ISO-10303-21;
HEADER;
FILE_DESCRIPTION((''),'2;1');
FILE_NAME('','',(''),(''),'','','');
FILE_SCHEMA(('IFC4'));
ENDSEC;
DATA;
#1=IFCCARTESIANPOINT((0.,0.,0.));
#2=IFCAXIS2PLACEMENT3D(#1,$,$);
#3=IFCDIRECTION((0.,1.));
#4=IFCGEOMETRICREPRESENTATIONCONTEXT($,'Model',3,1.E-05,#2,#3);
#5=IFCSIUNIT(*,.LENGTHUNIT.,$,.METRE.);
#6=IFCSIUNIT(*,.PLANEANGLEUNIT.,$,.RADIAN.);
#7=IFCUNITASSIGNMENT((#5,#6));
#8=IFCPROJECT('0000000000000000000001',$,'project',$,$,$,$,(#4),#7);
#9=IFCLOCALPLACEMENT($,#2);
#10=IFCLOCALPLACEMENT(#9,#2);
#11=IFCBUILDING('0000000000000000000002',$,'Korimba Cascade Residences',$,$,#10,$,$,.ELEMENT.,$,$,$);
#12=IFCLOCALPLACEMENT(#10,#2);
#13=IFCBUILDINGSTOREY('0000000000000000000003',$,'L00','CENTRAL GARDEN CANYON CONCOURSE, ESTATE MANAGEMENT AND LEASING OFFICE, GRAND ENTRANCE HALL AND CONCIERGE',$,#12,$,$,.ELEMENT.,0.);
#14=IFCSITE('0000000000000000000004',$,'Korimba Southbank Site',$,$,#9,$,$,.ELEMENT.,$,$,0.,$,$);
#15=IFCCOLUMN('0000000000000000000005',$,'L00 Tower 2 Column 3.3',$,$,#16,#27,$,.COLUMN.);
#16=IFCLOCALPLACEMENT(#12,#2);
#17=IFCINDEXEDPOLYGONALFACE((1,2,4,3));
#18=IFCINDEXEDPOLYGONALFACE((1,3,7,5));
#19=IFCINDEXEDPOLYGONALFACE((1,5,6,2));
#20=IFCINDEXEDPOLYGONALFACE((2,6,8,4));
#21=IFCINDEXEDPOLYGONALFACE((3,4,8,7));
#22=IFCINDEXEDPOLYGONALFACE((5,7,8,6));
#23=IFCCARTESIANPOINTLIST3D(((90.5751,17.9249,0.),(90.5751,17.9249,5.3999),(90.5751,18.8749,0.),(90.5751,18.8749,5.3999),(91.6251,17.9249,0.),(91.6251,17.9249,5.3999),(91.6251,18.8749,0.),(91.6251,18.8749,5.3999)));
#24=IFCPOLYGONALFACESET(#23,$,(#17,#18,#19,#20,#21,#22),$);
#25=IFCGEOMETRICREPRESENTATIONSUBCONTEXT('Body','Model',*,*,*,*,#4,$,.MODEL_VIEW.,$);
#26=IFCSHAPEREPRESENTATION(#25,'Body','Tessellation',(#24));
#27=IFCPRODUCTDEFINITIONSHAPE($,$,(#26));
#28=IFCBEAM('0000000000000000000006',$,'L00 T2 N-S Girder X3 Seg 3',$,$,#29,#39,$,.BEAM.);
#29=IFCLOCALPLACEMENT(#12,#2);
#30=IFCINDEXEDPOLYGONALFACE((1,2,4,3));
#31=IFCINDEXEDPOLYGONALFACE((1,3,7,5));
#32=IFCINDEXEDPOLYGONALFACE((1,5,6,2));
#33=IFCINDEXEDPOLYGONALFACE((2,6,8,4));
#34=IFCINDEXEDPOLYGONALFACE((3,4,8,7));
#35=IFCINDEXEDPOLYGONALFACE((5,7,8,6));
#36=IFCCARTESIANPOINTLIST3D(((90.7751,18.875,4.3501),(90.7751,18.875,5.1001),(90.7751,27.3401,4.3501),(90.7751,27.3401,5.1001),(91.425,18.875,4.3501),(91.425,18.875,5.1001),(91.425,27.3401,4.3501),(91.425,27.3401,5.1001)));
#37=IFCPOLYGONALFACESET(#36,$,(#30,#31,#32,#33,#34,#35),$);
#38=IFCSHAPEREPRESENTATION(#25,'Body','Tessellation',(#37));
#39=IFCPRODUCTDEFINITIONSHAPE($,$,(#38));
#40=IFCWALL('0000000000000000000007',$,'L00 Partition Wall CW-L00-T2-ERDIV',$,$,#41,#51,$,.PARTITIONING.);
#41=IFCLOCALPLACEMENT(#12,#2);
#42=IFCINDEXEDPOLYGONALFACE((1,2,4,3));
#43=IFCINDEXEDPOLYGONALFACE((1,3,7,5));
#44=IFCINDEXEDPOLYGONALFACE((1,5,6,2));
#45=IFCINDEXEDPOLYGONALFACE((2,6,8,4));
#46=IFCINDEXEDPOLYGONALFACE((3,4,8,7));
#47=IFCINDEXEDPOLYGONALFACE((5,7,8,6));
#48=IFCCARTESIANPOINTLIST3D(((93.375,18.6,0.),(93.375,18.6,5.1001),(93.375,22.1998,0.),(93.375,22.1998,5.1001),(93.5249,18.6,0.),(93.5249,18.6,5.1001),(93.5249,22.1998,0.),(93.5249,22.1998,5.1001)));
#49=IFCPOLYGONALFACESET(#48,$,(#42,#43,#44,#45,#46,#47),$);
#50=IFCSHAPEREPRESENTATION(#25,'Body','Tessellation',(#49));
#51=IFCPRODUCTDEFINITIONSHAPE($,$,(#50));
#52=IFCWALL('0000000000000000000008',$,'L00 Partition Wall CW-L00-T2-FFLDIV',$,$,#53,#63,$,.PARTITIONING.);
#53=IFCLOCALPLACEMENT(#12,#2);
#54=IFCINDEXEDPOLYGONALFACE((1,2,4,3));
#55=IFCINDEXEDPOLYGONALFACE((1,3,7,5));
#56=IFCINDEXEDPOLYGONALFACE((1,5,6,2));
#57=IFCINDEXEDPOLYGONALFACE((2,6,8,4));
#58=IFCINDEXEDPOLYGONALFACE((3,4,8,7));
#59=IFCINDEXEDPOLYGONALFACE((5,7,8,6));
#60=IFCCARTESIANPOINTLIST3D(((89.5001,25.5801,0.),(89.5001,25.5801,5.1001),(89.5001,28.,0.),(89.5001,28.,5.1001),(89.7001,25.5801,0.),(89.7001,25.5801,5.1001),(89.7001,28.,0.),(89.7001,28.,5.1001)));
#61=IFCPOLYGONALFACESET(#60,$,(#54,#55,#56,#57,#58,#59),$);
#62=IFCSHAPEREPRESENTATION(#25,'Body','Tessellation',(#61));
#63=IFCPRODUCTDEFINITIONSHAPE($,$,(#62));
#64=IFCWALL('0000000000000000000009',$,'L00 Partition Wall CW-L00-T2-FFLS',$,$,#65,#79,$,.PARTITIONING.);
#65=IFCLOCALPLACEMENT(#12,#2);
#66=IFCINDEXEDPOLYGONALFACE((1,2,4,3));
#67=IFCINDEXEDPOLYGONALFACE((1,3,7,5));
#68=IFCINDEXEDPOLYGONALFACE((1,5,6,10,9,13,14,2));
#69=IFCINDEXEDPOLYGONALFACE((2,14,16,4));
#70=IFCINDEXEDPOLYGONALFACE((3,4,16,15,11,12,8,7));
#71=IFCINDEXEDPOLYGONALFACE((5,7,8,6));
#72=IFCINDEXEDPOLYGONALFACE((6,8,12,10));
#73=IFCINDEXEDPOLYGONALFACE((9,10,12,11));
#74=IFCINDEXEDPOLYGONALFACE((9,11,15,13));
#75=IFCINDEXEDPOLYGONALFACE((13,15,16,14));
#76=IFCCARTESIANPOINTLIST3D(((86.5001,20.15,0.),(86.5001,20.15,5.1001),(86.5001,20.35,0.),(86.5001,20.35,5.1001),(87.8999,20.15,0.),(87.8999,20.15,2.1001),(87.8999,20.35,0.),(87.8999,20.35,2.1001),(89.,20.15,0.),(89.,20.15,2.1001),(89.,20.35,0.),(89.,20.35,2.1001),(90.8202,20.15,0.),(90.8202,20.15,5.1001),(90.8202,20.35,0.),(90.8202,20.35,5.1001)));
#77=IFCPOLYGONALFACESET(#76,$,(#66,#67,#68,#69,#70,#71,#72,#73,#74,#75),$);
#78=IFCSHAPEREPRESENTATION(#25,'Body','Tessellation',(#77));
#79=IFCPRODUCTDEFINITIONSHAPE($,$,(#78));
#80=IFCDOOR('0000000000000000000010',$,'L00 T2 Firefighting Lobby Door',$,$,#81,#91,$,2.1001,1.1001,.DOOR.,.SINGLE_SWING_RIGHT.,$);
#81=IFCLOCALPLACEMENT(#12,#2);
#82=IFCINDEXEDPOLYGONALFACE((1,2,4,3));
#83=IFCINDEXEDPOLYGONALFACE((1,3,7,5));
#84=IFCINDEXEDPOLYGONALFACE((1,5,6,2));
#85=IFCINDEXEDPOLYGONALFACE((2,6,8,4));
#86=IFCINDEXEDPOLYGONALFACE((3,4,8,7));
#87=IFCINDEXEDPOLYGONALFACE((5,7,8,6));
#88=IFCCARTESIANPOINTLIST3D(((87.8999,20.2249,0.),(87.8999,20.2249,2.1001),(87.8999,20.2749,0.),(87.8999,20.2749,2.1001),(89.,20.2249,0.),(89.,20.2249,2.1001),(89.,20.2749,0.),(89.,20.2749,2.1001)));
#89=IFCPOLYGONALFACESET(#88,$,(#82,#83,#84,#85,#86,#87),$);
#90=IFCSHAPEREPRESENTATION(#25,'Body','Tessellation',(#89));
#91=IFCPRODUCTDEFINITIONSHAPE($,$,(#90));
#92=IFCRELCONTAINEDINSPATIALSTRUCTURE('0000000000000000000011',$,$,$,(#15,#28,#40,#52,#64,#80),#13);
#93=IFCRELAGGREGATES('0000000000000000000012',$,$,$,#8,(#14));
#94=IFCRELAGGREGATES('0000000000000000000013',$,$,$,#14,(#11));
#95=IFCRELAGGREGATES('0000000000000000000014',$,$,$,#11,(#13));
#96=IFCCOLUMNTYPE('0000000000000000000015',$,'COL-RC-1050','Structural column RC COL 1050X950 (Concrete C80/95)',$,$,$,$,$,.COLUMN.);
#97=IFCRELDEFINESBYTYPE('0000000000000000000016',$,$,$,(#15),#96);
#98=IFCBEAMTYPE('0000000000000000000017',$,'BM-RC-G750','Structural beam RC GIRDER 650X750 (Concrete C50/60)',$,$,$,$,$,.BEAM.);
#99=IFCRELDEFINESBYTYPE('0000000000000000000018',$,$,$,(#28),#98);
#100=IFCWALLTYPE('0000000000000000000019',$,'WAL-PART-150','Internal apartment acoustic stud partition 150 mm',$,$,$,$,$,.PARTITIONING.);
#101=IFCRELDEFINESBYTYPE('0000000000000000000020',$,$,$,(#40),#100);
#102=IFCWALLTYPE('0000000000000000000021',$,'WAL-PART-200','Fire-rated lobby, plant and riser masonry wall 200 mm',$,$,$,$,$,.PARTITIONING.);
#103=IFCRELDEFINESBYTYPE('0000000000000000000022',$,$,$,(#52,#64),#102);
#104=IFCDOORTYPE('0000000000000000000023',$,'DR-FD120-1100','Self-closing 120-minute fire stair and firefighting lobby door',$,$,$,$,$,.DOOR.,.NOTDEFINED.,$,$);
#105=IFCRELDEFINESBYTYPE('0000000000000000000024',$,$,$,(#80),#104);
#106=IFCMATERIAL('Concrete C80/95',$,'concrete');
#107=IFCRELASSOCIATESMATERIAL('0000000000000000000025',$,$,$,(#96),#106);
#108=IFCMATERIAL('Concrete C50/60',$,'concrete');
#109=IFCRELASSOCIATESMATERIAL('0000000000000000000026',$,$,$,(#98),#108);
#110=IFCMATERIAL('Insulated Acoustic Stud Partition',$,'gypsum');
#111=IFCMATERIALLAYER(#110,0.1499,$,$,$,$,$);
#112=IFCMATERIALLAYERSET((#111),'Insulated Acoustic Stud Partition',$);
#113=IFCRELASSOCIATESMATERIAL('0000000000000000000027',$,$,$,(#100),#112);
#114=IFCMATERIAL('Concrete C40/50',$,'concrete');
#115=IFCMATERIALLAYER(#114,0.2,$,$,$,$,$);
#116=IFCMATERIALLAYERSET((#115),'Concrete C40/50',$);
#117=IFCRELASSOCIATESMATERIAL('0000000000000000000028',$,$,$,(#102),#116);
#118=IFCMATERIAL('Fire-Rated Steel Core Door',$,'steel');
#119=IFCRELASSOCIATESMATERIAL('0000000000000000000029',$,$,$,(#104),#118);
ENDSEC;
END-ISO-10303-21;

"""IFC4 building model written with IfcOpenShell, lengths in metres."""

from ifc_helpers import new_model, si_unit, direction, frame, frame_2d, origin, origin_2d, place, context, subcontext, project, spatial, rectangle, extrude, material, layer, layer_set, material_profile, profile_set, type_object, element, fill, save


model = new_model("IFC4")

# Units and contexts
model_context = context("Model", 3, precision=1e-05, world=origin(), true_north=direction((0.0, 1.0)))
body_context = subcontext(model_context, "Body", "Model", "MODEL_VIEW")
ifc_project = project(units=[si_unit("LENGTHUNIT", "METRE"), si_unit("PLANEANGLEUNIT", "RADIAN")], contexts=[model_context])

# Site, building, storey
site_placement = place(None, origin())
site = spatial("IfcSite", under=ifc_project, at=site_placement, Name="Korimba Southbank Site", CompositionType="ELEMENT", RefElevation=0.0)
building_placement = place(site_placement, origin())
building = spatial("IfcBuilding", under=site, at=building_placement, Name="Korimba Cascade Residences", CompositionType="ELEMENT")
storey_placement = place(building_placement, origin())
storey = spatial("IfcBuildingStorey", under=building, at=storey_placement, Name="L00", Description="CENTRAL GARDEN CANYON CONCOURSE, ESTATE MANAGEMENT AND LEASING OFFICE, GRAND ENTRANCE HALL AND CONCIERGE", CompositionType="ELEMENT", Elevation=0.0)

# Column
ifc_material_1 = material(Name="Concrete C80/95", Category="concrete")
ifc_material_profile_1 = material_profile(ifc_material_1, rectangle(XDim=1.05, YDim=0.95, at=origin_2d()), Name="Concrete C80/95")
ifc_profile_set_1 = profile_set([ifc_material_profile_1], Name="Concrete C80/95")
column_type = type_object("IfcColumnType", Name="COL-RC-1050", Description="Structural column RC COL 1050X950 (Concrete C80/95)", PredefinedType="COLUMN", material=ifc_profile_set_1)
column_placement = place(storey_placement, frame((91.1001, 18.3999, 0.0), z_axis=(0.0, 0.0, 1.0), x_axis=(1.0, 0.0, 0.0)))
element("IfcColumn", 1, at=column_placement, inside=storey, type_object=column_type, Name="L00 Tower 2 Column 3.3", PredefinedType="COLUMN", context=body_context, shape_type="SweptSolid", body=[
    extrude(rectangle(XDim=1.05, YDim=0.95, at=origin_2d()), origin(), (0.0, 0.0, 1.0), 5.3999),
])

# Beam
ifc_material_2 = material(Name="Concrete C50/60", Category="concrete")
ifc_material_profile_2 = material_profile(ifc_material_2, rectangle(XDim=0.6499, YDim=0.75, at=origin_2d()), Name="Concrete C50/60")
ifc_profile_set_2 = profile_set([ifc_material_profile_2], Name="Concrete C50/60")
beam_type = type_object("IfcBeamType", Name="BM-RC-G750", Description="Structural beam RC GIRDER 650X750 (Concrete C50/60)", PredefinedType="BEAM", material=ifc_profile_set_2)
beam_placement = place(storey_placement, frame((91.1001, 18.875, 4.7251), z_axis=(0.0, 1.0, 0.0), x_axis=(-1.0, 0.0, 0.0)))
element("IfcBeam", 2, at=beam_placement, inside=storey, type_object=beam_type, Name="L00 T2 N-S Girder X3 Seg 3", PredefinedType="BEAM", context=body_context, shape_type="SweptSolid", body=[
    extrude(rectangle(XDim=0.6499, YDim=0.75, at=origin_2d()), origin(), (0.0, 0.0, 1.0), 8.4651),
])

# Walls
ifc_material_3 = material(Name="Insulated Acoustic Stud Partition", Category="gypsum")
ifc_layer_1 = layer(ifc_material_3, 0.1499)
ifc_layer_set_1 = layer_set([ifc_layer_1], Name="Insulated Acoustic Stud Partition")
wall_type_1 = type_object("IfcWallType", Name="WAL-PART-150", Description="Internal apartment acoustic stud partition 150 mm", PredefinedType="PARTITIONING", material=ifc_layer_set_1)
wall_1_placement = place(storey_placement, frame((93.45, 18.6001, 0.0), z_axis=(0.0, 0.0, 1.0), x_axis=(0.0, 1.0, 0.0)))
element("IfcWall", 3, at=wall_1_placement, inside=storey, type_object=wall_type_1, Name="L00 Partition Wall CW-L00-T2-ERDIV", PredefinedType="PARTITIONING", context=body_context, shape_type="SweptSolid", body=[
    extrude(rectangle(XDim=3.5999, YDim=0.1499, at=frame_2d((1.7998, 0.0))), origin(), (0.0, 0.0, 1.0), 5.1001),
])
ifc_material_4 = material(Name="Concrete C40/50", Category="concrete")
ifc_layer_2 = layer(ifc_material_4, 0.2)
ifc_layer_set_2 = layer_set([ifc_layer_2], Name="Concrete C40/50")
wall_type_2 = type_object("IfcWallType", Name="WAL-PART-200", Description="Fire-rated lobby, plant and riser masonry wall 200 mm", PredefinedType="PARTITIONING", material=ifc_layer_set_2)
wall_2_placement = place(storey_placement, frame((89.6001, 25.5801, 0.0), z_axis=(0.0, 0.0, 1.0), x_axis=(0.0, 1.0, 0.0)))
element("IfcWall", 4, at=wall_2_placement, inside=storey, type_object=wall_type_2, Name="L00 Partition Wall CW-L00-T2-FFLDIV", PredefinedType="PARTITIONING", context=body_context, shape_type="SweptSolid", body=[
    extrude(rectangle(XDim=2.4199, YDim=0.2, at=frame_2d((1.21, 0.0))), origin(), (0.0, 0.0, 1.0), 5.1001),
])

# Wall, opening, door
wall_3_placement = place(storey_placement, frame((86.5, 20.25, 0.0), z_axis=(0.0, 0.0, 1.0), x_axis=(1.0, 0.0, 0.0)))
wall_3 = element("IfcWall", 5, at=wall_3_placement, inside=storey, type_object=wall_type_2, Name="L00 Partition Wall CW-L00-T2-FFLS", PredefinedType="PARTITIONING", context=body_context, shape_type="SweptSolid", body=[
    extrude(rectangle(XDim=4.3201, YDim=0.2, at=frame_2d((2.1602, 0.0))), origin(), (0.0, 0.0, 1.0), 5.1001),
])
opening_1_placement = place(wall_3_placement, frame((1.3999, 0.0, 0.0)))
opening_1 = element("IfcOpeningElement", 6, at=opening_1_placement, cuts=wall_3, PredefinedType="OPENING", context=body_context, shape_type="SweptSolid", body=[
    extrude(rectangle(XDim=1.1001, YDim=2.1001, at=frame_2d((0.55, 1.05))), frame((0.0, 0.1099, 0.0), z_axis=(0.0, -1.0, 0.0), x_axis=(1.0, 0.0, 0.0)), (0.0, 0.0, 1.0), 0.22),
])
ifc_material_5 = material(Name="Fire-Rated Steel Core Door", Category="steel")
door_type_1 = type_object("IfcDoorType", Name="DR-FD120-1100", Description="Self-closing 120-minute fire stair and firefighting lobby door", OperationType="NOTDEFINED", PredefinedType="DOOR", material=ifc_material_5)
door_1_placement = place(opening_1_placement, origin())
door_1 = element("IfcDoor", 7, at=door_1_placement, inside=storey, type_object=door_type_1, Name="L00 T2 Firefighting Lobby Door", OperationType="SINGLE_SWING_RIGHT", OverallHeight=2.1001, OverallWidth=1.1001, PredefinedType="DOOR", context=body_context, shape_type="SweptSolid", body=[
    extrude(rectangle(XDim=1.1001, YDim=2.1001, at=frame_2d((0.55, 1.05))), frame((0.0, 0.0249, 0.0), z_axis=(0.0, -1.0, 0.0), x_axis=(1.0, 0.0, 0.0)), (0.0, 0.0, 1.0), 0.05),
])
fill(opening_1, door_1)

save(model, "model.ifc")
